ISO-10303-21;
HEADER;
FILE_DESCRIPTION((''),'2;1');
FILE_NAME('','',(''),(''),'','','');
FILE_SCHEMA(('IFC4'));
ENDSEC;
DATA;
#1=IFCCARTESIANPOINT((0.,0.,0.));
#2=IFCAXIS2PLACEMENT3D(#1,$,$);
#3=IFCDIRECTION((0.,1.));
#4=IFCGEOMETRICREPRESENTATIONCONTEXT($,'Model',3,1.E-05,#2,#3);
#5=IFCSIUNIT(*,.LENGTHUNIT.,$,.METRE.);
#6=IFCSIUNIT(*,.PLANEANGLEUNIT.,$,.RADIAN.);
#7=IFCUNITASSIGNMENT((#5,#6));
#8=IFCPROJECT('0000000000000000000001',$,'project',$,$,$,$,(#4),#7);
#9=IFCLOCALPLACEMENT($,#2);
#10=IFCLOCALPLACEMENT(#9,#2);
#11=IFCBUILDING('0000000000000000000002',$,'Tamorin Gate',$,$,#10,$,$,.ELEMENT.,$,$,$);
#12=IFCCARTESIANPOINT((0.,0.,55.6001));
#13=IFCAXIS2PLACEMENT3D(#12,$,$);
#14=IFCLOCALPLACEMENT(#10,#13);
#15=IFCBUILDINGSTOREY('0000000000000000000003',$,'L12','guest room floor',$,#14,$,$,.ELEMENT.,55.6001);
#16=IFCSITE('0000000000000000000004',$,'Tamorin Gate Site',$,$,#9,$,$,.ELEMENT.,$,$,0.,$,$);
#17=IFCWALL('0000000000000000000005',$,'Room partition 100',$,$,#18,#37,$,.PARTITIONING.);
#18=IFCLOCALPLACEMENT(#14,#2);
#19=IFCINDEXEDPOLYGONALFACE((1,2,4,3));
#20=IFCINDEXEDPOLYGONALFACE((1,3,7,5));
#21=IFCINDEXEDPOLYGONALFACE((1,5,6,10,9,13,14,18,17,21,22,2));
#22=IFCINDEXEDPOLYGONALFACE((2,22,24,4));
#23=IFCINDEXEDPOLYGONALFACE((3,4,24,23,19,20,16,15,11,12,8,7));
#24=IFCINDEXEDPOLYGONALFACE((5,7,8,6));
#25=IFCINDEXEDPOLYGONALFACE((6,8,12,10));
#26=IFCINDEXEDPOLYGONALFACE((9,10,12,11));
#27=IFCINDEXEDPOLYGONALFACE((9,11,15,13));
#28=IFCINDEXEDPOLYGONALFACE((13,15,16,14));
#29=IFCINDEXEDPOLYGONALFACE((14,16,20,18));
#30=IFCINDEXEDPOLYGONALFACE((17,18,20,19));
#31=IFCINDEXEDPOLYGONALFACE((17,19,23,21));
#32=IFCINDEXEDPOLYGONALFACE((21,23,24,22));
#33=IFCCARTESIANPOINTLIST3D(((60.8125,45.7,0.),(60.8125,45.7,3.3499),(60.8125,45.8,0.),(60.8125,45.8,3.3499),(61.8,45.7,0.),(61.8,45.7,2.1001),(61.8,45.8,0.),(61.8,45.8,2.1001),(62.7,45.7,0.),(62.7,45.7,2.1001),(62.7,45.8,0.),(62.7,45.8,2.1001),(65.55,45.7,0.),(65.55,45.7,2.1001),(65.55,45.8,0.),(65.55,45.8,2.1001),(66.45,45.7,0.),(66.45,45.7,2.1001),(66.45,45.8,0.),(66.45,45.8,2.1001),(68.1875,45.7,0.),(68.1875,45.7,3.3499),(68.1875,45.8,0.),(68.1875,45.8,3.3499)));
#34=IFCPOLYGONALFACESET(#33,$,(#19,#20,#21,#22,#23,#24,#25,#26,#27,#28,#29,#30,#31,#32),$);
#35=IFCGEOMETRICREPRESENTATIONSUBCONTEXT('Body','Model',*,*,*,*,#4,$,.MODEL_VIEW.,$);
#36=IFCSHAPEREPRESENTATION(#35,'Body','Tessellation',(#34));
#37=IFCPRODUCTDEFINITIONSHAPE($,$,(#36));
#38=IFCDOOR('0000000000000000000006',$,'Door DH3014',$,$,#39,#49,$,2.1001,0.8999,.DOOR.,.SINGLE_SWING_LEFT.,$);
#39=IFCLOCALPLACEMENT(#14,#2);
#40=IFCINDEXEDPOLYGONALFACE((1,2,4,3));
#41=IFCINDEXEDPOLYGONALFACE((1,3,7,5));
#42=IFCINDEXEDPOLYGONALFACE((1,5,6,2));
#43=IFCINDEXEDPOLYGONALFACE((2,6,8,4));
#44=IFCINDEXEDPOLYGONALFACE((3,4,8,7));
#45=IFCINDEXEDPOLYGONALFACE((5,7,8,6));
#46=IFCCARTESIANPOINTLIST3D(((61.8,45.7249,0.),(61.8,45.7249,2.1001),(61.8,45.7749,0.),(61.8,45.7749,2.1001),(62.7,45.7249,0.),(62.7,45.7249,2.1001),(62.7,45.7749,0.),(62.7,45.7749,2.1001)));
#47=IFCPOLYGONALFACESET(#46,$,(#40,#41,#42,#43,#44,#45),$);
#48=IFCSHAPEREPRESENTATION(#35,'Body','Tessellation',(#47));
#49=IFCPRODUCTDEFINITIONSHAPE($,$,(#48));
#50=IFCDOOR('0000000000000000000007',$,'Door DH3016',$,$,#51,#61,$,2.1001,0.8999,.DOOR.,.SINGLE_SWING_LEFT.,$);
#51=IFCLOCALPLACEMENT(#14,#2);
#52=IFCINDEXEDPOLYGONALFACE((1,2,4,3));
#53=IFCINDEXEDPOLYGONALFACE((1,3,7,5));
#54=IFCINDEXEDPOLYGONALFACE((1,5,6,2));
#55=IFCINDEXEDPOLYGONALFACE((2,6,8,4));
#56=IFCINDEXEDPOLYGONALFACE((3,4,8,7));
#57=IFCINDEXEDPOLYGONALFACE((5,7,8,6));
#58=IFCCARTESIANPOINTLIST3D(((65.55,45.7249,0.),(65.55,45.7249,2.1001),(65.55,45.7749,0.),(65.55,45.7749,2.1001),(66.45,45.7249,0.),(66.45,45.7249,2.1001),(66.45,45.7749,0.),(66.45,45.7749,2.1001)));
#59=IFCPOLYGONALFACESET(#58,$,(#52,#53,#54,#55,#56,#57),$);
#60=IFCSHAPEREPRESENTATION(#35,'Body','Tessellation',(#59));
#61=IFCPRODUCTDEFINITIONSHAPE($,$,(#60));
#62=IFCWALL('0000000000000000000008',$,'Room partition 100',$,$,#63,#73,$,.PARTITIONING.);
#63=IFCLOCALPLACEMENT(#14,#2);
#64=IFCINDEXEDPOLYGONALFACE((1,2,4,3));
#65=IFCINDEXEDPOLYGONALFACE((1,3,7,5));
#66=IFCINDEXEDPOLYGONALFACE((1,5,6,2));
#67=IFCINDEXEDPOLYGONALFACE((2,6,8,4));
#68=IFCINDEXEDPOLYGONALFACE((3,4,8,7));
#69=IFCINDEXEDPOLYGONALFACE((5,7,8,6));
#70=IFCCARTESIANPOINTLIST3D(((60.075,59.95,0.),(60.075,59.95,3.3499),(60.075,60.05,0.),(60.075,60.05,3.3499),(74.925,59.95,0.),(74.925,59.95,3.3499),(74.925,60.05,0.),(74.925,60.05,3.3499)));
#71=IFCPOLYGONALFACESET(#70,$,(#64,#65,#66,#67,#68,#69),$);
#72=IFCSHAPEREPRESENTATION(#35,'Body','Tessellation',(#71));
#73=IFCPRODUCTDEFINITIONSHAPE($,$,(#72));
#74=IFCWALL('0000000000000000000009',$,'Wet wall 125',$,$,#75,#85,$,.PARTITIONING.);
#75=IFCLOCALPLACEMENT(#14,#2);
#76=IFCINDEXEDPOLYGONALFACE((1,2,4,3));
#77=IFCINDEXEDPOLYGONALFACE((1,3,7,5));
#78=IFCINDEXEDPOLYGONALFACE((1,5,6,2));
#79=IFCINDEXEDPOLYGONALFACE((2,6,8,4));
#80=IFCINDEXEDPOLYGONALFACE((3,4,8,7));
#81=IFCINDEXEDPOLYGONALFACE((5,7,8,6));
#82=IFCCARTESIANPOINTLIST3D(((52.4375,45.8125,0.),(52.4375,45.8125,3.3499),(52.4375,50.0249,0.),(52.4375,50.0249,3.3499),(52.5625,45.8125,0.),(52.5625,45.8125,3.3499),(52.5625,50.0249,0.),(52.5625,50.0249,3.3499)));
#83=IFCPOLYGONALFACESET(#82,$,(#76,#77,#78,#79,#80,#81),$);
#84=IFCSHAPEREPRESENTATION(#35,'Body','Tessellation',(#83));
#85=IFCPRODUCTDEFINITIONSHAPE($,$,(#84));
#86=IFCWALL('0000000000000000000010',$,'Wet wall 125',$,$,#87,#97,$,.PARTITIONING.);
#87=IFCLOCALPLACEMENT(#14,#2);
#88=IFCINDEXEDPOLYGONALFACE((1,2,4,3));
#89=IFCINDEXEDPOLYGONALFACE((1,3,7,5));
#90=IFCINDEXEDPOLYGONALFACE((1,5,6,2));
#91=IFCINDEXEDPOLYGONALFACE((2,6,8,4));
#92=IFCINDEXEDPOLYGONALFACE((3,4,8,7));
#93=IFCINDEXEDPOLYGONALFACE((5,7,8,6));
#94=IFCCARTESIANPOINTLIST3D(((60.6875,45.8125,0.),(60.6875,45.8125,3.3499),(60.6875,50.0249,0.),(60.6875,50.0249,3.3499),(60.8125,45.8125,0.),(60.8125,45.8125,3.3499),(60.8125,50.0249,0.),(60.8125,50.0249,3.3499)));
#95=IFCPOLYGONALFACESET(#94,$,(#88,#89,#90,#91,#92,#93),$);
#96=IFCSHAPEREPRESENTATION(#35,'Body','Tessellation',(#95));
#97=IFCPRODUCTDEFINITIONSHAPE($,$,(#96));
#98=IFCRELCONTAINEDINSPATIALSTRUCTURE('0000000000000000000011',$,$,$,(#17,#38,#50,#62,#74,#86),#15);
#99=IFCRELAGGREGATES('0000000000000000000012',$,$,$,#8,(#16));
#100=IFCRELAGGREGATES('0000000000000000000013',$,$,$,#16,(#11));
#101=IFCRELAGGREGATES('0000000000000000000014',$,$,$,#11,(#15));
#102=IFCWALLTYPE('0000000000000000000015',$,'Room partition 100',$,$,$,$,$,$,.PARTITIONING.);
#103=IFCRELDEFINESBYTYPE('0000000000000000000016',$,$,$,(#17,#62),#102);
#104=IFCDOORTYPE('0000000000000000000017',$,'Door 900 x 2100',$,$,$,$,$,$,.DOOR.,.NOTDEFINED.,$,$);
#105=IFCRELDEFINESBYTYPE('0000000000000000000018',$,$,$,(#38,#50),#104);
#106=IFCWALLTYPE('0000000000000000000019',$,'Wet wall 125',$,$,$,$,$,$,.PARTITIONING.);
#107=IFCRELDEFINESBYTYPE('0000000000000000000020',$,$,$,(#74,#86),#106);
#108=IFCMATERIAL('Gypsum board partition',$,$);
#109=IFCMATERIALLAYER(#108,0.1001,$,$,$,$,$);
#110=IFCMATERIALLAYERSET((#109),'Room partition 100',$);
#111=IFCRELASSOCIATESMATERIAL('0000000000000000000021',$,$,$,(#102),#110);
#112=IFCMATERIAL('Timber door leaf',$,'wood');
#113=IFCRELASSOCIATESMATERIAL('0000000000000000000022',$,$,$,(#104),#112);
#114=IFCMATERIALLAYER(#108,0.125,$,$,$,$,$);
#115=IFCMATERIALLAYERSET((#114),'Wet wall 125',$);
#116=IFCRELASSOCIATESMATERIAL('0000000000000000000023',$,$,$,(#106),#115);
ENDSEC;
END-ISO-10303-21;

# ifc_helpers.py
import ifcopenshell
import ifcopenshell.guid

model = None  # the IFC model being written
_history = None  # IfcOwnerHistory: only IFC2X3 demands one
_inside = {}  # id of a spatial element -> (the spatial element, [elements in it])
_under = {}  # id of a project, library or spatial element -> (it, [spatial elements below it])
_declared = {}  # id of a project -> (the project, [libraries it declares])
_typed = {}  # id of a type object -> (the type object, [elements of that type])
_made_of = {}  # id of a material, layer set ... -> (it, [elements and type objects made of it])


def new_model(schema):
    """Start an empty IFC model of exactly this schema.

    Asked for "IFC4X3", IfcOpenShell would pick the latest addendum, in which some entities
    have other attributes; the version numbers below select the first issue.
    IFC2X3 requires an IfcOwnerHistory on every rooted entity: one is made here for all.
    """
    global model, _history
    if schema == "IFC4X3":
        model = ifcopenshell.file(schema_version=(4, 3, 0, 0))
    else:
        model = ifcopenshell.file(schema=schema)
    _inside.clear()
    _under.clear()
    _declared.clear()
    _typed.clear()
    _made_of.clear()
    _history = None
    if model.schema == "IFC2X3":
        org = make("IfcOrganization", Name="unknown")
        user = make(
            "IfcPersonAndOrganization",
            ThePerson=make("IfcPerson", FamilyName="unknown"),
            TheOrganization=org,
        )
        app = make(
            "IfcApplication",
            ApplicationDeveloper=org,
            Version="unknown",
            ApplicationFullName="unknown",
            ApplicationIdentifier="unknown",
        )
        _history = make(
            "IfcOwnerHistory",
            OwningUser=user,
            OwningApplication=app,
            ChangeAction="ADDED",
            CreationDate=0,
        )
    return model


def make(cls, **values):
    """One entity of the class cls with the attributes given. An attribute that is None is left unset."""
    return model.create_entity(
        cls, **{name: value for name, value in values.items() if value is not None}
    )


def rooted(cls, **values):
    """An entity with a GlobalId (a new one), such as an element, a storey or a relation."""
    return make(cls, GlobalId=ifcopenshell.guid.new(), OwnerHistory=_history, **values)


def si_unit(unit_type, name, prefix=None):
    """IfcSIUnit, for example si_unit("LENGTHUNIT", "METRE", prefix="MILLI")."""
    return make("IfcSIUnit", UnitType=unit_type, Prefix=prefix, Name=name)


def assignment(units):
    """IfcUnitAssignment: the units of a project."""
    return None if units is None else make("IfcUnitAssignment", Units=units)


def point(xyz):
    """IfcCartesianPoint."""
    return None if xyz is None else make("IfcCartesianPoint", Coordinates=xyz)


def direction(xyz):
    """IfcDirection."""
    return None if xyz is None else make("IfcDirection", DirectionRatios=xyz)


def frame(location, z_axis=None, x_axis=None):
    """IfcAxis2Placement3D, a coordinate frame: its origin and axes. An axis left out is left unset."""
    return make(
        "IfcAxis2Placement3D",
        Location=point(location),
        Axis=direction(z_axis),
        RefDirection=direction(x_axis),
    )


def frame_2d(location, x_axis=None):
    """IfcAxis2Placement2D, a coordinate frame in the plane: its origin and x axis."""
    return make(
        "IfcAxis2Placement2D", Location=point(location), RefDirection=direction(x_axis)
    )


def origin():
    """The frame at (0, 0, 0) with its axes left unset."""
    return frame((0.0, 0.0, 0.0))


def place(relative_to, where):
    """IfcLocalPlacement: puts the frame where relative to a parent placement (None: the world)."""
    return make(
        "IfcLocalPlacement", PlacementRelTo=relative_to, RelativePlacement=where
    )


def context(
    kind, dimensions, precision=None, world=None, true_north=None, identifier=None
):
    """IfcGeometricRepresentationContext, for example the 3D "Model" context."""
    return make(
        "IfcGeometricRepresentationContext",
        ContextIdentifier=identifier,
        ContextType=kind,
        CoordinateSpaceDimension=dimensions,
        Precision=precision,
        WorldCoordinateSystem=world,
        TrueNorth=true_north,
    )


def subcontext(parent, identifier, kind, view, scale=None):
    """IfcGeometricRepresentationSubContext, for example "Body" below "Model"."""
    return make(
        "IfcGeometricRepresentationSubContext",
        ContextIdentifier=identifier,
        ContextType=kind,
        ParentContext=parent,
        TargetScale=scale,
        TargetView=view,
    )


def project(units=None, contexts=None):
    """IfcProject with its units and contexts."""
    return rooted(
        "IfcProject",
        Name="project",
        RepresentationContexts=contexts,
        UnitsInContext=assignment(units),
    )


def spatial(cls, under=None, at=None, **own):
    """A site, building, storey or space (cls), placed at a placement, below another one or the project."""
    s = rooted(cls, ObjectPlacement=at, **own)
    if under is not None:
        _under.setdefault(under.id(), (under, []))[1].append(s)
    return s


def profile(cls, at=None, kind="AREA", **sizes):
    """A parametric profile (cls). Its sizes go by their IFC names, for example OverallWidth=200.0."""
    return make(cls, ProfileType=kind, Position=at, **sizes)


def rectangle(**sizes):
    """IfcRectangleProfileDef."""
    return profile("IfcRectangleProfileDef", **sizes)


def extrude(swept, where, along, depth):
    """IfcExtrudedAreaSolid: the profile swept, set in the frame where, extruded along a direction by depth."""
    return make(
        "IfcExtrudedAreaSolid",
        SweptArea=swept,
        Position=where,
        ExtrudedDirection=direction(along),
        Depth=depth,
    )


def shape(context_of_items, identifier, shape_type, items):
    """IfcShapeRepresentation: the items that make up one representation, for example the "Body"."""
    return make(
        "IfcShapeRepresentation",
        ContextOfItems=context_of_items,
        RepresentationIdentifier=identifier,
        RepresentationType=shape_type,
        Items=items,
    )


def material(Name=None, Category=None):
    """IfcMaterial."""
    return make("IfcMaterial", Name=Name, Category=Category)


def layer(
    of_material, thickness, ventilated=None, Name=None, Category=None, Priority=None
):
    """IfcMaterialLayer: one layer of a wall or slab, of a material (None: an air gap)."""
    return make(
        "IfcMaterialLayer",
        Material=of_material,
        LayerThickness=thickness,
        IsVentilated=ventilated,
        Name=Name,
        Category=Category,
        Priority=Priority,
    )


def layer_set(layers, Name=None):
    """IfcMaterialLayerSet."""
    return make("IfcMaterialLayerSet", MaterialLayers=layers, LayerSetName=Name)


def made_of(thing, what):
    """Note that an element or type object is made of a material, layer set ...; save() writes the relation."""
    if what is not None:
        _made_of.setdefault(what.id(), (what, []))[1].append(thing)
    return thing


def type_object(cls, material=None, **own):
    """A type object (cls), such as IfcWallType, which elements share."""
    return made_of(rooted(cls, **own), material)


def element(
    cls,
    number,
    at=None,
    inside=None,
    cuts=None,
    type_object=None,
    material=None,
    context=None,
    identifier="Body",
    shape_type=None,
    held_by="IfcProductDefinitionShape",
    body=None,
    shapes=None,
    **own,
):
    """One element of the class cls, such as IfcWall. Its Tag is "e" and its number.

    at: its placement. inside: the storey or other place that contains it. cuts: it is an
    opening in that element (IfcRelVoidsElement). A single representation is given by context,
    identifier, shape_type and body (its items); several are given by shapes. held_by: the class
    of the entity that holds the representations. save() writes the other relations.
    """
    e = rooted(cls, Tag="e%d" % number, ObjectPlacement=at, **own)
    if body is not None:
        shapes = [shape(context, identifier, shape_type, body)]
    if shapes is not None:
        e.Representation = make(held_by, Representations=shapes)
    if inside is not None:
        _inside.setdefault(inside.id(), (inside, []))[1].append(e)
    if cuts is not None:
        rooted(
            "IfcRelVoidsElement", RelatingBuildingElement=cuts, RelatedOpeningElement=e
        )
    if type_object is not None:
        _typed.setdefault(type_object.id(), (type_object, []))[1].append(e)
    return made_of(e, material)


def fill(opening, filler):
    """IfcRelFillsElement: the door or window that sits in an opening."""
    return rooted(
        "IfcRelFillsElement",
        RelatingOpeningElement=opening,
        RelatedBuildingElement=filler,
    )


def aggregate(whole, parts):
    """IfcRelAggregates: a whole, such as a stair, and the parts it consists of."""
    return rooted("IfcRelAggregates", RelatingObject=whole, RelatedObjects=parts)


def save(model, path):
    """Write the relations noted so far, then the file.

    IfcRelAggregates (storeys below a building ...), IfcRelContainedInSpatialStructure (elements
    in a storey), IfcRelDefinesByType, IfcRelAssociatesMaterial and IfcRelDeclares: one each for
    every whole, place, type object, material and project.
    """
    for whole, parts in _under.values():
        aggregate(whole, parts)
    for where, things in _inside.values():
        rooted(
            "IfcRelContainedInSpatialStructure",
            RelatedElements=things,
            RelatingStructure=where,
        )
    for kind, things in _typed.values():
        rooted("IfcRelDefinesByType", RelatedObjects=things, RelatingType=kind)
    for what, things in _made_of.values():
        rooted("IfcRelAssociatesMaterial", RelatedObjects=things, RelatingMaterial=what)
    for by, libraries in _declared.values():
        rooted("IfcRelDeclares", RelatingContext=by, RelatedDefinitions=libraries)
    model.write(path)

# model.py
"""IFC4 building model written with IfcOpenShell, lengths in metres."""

from ifc_helpers import new_model, si_unit, direction, frame, frame_2d, origin, place, context, subcontext, project, spatial, rectangle, extrude, material, layer, layer_set, type_object, element, fill, save


model = new_model("IFC4")

# Units and contexts
model_context = context("Model", 3, precision=1e-05, world=origin(), true_north=direction((0.0, 1.0)))
body_context = subcontext(model_context, "Body", "Model", "MODEL_VIEW")
ifc_project = project(units=[si_unit("LENGTHUNIT", "METRE"), si_unit("PLANEANGLEUNIT", "RADIAN")], contexts=[model_context])

# Site, building, storey
site_placement = place(None, origin())
site = spatial("IfcSite", under=ifc_project, at=site_placement, Name="Tamorin Gate Site", CompositionType="ELEMENT", RefElevation=0.0)
building_placement = place(site_placement, origin())
building = spatial("IfcBuilding", under=site, at=building_placement, Name="Tamorin Gate", CompositionType="ELEMENT")
storey_placement = place(building_placement, frame((0.0, 0.0, 55.6001)))
storey = spatial("IfcBuildingStorey", under=building, at=storey_placement, Name="L12", Description="guest room floor", CompositionType="ELEMENT", Elevation=55.6001)

# Shared definitions
ifc_material_1 = material(Name="Gypsum board partition")
ifc_material_2 = material(Name="Timber door leaf", Category="wood")

# Wall, openings, doors
ifc_layer_1 = layer(ifc_material_1, 0.1001)
ifc_layer_set_1 = layer_set([ifc_layer_1], Name="Room partition 100")
wall_type_1 = type_object("IfcWallType", Name="Room partition 100", PredefinedType="PARTITIONING", material=ifc_layer_set_1)
wall_1_placement = place(storey_placement, frame((60.8125, 45.75, 0.0), z_axis=(0.0, 0.0, 1.0), x_axis=(1.0, 0.0, 0.0)))
wall_1 = element("IfcWall", 1, at=wall_1_placement, inside=storey, type_object=wall_type_1, Name="Room partition 100", PredefinedType="PARTITIONING", context=body_context, shape_type="SweptSolid", body=[
    extrude(rectangle(XDim=7.375, YDim=0.1001, at=frame_2d((3.6875, 0.0))), origin(), (0.0, 0.0, 1.0), 3.3499),
])
opening_1_placement = place(wall_1_placement, frame((0.9875, 0.0, 0.0)))
opening_1 = element("IfcOpeningElement", 2, at=opening_1_placement, cuts=wall_1, PredefinedType="OPENING", context=body_context, shape_type="SweptSolid", body=[
    extrude(rectangle(XDim=0.8999, YDim=2.1001, at=frame_2d((0.45, 1.05))), frame((0.0, 0.0601, 0.0), z_axis=(0.0, -1.0, 0.0), x_axis=(1.0, 0.0, 0.0)), (0.0, 0.0, 1.0), 0.1201),
])
opening_2_placement = place(wall_1_placement, frame((4.7375, 0.0, 0.0)))
opening_2 = element("IfcOpeningElement", 3, at=opening_2_placement, cuts=wall_1, PredefinedType="OPENING", context=body_context, shape_type="SweptSolid", body=[
    extrude(rectangle(XDim=0.8999, YDim=2.1001, at=frame_2d((0.45, 1.05))), frame((0.0, 0.0601, 0.0), z_axis=(0.0, -1.0, 0.0), x_axis=(1.0, 0.0, 0.0)), (0.0, 0.0, 1.0), 0.1201),
])
door_type_1 = type_object("IfcDoorType", Name="Door 900 x 2100", OperationType="NOTDEFINED", PredefinedType="DOOR", material=ifc_material_2)
door_1_placement = place(opening_1_placement, origin())
door_1 = element("IfcDoor", 4, at=door_1_placement, inside=storey, type_object=door_type_1, Name="Door DH3014", OperationType="SINGLE_SWING_LEFT", OverallHeight=2.1001, OverallWidth=0.8999, PredefinedType="DOOR", context=body_context, shape_type="SweptSolid", body=[
    extrude(rectangle(XDim=0.8999, YDim=2.1001, at=frame_2d((0.45, 1.05))), frame((0.0, 0.0249, 0.0), z_axis=(0.0, -1.0, 0.0), x_axis=(1.0, 0.0, 0.0)), (0.0, 0.0, 1.0), 0.05),
])
fill(opening_1, door_1)
door_2_placement = place(opening_2_placement, origin())
door_2 = element("IfcDoor", 5, at=door_2_placement, inside=storey, type_object=door_type_1, Name="Door DH3016", OperationType="SINGLE_SWING_LEFT", OverallHeight=2.1001, OverallWidth=0.8999, PredefinedType="DOOR", context=body_context, shape_type="SweptSolid", body=[
    extrude(rectangle(XDim=0.8999, YDim=2.1001, at=frame_2d((0.45, 1.05))), frame((0.0, 0.0249, 0.0), z_axis=(0.0, -1.0, 0.0), x_axis=(1.0, 0.0, 0.0)), (0.0, 0.0, 1.0), 0.05),
])
fill(opening_2, door_2)

# Walls
wall_2_placement = place(storey_placement, frame((60.075, 60.0, 0.0), z_axis=(0.0, 0.0, 1.0), x_axis=(1.0, 0.0, 0.0)))
element("IfcWall", 6, at=wall_2_placement, inside=storey, type_object=wall_type_1, Name="Room partition 100", PredefinedType="PARTITIONING", context=body_context, shape_type="SweptSolid", body=[
    extrude(rectangle(XDim=14.8501, YDim=0.1001, at=frame_2d((7.425, 0.0))), origin(), (0.0, 0.0, 1.0), 3.3499),
])
ifc_layer_2 = layer(ifc_material_1, 0.125)
ifc_layer_set_2 = layer_set([ifc_layer_2], Name="Wet wall 125")
wall_type_2 = type_object("IfcWallType", Name="Wet wall 125", PredefinedType="PARTITIONING", material=ifc_layer_set_2)
for number, where, z_axis, x_axis, name in (
    (7, (52.5, 45.8125, 0.0), (0.0, 0.0, 1.0), (0.0, 1.0, 0.0), "Wet wall 125"),
    (8, (60.75, 45.8125, 0.0), (0.0, 0.0, 1.0), (0.0, 1.0, 0.0), "Wet wall 125"),
):
    element("IfcWall", number, at=place(storey_placement, frame(where, z_axis=z_axis, x_axis=x_axis)), inside=storey, type_object=wall_type_2, Name=name, PredefinedType="PARTITIONING", context=body_context, shape_type="SweptSolid", body=[
        extrude(rectangle(XDim=4.2124, YDim=0.125, at=frame_2d((2.1062, 0.0))), origin(), (0.0, 0.0, 1.0), 3.3499),
    ])

save(model, "model.ifc")
